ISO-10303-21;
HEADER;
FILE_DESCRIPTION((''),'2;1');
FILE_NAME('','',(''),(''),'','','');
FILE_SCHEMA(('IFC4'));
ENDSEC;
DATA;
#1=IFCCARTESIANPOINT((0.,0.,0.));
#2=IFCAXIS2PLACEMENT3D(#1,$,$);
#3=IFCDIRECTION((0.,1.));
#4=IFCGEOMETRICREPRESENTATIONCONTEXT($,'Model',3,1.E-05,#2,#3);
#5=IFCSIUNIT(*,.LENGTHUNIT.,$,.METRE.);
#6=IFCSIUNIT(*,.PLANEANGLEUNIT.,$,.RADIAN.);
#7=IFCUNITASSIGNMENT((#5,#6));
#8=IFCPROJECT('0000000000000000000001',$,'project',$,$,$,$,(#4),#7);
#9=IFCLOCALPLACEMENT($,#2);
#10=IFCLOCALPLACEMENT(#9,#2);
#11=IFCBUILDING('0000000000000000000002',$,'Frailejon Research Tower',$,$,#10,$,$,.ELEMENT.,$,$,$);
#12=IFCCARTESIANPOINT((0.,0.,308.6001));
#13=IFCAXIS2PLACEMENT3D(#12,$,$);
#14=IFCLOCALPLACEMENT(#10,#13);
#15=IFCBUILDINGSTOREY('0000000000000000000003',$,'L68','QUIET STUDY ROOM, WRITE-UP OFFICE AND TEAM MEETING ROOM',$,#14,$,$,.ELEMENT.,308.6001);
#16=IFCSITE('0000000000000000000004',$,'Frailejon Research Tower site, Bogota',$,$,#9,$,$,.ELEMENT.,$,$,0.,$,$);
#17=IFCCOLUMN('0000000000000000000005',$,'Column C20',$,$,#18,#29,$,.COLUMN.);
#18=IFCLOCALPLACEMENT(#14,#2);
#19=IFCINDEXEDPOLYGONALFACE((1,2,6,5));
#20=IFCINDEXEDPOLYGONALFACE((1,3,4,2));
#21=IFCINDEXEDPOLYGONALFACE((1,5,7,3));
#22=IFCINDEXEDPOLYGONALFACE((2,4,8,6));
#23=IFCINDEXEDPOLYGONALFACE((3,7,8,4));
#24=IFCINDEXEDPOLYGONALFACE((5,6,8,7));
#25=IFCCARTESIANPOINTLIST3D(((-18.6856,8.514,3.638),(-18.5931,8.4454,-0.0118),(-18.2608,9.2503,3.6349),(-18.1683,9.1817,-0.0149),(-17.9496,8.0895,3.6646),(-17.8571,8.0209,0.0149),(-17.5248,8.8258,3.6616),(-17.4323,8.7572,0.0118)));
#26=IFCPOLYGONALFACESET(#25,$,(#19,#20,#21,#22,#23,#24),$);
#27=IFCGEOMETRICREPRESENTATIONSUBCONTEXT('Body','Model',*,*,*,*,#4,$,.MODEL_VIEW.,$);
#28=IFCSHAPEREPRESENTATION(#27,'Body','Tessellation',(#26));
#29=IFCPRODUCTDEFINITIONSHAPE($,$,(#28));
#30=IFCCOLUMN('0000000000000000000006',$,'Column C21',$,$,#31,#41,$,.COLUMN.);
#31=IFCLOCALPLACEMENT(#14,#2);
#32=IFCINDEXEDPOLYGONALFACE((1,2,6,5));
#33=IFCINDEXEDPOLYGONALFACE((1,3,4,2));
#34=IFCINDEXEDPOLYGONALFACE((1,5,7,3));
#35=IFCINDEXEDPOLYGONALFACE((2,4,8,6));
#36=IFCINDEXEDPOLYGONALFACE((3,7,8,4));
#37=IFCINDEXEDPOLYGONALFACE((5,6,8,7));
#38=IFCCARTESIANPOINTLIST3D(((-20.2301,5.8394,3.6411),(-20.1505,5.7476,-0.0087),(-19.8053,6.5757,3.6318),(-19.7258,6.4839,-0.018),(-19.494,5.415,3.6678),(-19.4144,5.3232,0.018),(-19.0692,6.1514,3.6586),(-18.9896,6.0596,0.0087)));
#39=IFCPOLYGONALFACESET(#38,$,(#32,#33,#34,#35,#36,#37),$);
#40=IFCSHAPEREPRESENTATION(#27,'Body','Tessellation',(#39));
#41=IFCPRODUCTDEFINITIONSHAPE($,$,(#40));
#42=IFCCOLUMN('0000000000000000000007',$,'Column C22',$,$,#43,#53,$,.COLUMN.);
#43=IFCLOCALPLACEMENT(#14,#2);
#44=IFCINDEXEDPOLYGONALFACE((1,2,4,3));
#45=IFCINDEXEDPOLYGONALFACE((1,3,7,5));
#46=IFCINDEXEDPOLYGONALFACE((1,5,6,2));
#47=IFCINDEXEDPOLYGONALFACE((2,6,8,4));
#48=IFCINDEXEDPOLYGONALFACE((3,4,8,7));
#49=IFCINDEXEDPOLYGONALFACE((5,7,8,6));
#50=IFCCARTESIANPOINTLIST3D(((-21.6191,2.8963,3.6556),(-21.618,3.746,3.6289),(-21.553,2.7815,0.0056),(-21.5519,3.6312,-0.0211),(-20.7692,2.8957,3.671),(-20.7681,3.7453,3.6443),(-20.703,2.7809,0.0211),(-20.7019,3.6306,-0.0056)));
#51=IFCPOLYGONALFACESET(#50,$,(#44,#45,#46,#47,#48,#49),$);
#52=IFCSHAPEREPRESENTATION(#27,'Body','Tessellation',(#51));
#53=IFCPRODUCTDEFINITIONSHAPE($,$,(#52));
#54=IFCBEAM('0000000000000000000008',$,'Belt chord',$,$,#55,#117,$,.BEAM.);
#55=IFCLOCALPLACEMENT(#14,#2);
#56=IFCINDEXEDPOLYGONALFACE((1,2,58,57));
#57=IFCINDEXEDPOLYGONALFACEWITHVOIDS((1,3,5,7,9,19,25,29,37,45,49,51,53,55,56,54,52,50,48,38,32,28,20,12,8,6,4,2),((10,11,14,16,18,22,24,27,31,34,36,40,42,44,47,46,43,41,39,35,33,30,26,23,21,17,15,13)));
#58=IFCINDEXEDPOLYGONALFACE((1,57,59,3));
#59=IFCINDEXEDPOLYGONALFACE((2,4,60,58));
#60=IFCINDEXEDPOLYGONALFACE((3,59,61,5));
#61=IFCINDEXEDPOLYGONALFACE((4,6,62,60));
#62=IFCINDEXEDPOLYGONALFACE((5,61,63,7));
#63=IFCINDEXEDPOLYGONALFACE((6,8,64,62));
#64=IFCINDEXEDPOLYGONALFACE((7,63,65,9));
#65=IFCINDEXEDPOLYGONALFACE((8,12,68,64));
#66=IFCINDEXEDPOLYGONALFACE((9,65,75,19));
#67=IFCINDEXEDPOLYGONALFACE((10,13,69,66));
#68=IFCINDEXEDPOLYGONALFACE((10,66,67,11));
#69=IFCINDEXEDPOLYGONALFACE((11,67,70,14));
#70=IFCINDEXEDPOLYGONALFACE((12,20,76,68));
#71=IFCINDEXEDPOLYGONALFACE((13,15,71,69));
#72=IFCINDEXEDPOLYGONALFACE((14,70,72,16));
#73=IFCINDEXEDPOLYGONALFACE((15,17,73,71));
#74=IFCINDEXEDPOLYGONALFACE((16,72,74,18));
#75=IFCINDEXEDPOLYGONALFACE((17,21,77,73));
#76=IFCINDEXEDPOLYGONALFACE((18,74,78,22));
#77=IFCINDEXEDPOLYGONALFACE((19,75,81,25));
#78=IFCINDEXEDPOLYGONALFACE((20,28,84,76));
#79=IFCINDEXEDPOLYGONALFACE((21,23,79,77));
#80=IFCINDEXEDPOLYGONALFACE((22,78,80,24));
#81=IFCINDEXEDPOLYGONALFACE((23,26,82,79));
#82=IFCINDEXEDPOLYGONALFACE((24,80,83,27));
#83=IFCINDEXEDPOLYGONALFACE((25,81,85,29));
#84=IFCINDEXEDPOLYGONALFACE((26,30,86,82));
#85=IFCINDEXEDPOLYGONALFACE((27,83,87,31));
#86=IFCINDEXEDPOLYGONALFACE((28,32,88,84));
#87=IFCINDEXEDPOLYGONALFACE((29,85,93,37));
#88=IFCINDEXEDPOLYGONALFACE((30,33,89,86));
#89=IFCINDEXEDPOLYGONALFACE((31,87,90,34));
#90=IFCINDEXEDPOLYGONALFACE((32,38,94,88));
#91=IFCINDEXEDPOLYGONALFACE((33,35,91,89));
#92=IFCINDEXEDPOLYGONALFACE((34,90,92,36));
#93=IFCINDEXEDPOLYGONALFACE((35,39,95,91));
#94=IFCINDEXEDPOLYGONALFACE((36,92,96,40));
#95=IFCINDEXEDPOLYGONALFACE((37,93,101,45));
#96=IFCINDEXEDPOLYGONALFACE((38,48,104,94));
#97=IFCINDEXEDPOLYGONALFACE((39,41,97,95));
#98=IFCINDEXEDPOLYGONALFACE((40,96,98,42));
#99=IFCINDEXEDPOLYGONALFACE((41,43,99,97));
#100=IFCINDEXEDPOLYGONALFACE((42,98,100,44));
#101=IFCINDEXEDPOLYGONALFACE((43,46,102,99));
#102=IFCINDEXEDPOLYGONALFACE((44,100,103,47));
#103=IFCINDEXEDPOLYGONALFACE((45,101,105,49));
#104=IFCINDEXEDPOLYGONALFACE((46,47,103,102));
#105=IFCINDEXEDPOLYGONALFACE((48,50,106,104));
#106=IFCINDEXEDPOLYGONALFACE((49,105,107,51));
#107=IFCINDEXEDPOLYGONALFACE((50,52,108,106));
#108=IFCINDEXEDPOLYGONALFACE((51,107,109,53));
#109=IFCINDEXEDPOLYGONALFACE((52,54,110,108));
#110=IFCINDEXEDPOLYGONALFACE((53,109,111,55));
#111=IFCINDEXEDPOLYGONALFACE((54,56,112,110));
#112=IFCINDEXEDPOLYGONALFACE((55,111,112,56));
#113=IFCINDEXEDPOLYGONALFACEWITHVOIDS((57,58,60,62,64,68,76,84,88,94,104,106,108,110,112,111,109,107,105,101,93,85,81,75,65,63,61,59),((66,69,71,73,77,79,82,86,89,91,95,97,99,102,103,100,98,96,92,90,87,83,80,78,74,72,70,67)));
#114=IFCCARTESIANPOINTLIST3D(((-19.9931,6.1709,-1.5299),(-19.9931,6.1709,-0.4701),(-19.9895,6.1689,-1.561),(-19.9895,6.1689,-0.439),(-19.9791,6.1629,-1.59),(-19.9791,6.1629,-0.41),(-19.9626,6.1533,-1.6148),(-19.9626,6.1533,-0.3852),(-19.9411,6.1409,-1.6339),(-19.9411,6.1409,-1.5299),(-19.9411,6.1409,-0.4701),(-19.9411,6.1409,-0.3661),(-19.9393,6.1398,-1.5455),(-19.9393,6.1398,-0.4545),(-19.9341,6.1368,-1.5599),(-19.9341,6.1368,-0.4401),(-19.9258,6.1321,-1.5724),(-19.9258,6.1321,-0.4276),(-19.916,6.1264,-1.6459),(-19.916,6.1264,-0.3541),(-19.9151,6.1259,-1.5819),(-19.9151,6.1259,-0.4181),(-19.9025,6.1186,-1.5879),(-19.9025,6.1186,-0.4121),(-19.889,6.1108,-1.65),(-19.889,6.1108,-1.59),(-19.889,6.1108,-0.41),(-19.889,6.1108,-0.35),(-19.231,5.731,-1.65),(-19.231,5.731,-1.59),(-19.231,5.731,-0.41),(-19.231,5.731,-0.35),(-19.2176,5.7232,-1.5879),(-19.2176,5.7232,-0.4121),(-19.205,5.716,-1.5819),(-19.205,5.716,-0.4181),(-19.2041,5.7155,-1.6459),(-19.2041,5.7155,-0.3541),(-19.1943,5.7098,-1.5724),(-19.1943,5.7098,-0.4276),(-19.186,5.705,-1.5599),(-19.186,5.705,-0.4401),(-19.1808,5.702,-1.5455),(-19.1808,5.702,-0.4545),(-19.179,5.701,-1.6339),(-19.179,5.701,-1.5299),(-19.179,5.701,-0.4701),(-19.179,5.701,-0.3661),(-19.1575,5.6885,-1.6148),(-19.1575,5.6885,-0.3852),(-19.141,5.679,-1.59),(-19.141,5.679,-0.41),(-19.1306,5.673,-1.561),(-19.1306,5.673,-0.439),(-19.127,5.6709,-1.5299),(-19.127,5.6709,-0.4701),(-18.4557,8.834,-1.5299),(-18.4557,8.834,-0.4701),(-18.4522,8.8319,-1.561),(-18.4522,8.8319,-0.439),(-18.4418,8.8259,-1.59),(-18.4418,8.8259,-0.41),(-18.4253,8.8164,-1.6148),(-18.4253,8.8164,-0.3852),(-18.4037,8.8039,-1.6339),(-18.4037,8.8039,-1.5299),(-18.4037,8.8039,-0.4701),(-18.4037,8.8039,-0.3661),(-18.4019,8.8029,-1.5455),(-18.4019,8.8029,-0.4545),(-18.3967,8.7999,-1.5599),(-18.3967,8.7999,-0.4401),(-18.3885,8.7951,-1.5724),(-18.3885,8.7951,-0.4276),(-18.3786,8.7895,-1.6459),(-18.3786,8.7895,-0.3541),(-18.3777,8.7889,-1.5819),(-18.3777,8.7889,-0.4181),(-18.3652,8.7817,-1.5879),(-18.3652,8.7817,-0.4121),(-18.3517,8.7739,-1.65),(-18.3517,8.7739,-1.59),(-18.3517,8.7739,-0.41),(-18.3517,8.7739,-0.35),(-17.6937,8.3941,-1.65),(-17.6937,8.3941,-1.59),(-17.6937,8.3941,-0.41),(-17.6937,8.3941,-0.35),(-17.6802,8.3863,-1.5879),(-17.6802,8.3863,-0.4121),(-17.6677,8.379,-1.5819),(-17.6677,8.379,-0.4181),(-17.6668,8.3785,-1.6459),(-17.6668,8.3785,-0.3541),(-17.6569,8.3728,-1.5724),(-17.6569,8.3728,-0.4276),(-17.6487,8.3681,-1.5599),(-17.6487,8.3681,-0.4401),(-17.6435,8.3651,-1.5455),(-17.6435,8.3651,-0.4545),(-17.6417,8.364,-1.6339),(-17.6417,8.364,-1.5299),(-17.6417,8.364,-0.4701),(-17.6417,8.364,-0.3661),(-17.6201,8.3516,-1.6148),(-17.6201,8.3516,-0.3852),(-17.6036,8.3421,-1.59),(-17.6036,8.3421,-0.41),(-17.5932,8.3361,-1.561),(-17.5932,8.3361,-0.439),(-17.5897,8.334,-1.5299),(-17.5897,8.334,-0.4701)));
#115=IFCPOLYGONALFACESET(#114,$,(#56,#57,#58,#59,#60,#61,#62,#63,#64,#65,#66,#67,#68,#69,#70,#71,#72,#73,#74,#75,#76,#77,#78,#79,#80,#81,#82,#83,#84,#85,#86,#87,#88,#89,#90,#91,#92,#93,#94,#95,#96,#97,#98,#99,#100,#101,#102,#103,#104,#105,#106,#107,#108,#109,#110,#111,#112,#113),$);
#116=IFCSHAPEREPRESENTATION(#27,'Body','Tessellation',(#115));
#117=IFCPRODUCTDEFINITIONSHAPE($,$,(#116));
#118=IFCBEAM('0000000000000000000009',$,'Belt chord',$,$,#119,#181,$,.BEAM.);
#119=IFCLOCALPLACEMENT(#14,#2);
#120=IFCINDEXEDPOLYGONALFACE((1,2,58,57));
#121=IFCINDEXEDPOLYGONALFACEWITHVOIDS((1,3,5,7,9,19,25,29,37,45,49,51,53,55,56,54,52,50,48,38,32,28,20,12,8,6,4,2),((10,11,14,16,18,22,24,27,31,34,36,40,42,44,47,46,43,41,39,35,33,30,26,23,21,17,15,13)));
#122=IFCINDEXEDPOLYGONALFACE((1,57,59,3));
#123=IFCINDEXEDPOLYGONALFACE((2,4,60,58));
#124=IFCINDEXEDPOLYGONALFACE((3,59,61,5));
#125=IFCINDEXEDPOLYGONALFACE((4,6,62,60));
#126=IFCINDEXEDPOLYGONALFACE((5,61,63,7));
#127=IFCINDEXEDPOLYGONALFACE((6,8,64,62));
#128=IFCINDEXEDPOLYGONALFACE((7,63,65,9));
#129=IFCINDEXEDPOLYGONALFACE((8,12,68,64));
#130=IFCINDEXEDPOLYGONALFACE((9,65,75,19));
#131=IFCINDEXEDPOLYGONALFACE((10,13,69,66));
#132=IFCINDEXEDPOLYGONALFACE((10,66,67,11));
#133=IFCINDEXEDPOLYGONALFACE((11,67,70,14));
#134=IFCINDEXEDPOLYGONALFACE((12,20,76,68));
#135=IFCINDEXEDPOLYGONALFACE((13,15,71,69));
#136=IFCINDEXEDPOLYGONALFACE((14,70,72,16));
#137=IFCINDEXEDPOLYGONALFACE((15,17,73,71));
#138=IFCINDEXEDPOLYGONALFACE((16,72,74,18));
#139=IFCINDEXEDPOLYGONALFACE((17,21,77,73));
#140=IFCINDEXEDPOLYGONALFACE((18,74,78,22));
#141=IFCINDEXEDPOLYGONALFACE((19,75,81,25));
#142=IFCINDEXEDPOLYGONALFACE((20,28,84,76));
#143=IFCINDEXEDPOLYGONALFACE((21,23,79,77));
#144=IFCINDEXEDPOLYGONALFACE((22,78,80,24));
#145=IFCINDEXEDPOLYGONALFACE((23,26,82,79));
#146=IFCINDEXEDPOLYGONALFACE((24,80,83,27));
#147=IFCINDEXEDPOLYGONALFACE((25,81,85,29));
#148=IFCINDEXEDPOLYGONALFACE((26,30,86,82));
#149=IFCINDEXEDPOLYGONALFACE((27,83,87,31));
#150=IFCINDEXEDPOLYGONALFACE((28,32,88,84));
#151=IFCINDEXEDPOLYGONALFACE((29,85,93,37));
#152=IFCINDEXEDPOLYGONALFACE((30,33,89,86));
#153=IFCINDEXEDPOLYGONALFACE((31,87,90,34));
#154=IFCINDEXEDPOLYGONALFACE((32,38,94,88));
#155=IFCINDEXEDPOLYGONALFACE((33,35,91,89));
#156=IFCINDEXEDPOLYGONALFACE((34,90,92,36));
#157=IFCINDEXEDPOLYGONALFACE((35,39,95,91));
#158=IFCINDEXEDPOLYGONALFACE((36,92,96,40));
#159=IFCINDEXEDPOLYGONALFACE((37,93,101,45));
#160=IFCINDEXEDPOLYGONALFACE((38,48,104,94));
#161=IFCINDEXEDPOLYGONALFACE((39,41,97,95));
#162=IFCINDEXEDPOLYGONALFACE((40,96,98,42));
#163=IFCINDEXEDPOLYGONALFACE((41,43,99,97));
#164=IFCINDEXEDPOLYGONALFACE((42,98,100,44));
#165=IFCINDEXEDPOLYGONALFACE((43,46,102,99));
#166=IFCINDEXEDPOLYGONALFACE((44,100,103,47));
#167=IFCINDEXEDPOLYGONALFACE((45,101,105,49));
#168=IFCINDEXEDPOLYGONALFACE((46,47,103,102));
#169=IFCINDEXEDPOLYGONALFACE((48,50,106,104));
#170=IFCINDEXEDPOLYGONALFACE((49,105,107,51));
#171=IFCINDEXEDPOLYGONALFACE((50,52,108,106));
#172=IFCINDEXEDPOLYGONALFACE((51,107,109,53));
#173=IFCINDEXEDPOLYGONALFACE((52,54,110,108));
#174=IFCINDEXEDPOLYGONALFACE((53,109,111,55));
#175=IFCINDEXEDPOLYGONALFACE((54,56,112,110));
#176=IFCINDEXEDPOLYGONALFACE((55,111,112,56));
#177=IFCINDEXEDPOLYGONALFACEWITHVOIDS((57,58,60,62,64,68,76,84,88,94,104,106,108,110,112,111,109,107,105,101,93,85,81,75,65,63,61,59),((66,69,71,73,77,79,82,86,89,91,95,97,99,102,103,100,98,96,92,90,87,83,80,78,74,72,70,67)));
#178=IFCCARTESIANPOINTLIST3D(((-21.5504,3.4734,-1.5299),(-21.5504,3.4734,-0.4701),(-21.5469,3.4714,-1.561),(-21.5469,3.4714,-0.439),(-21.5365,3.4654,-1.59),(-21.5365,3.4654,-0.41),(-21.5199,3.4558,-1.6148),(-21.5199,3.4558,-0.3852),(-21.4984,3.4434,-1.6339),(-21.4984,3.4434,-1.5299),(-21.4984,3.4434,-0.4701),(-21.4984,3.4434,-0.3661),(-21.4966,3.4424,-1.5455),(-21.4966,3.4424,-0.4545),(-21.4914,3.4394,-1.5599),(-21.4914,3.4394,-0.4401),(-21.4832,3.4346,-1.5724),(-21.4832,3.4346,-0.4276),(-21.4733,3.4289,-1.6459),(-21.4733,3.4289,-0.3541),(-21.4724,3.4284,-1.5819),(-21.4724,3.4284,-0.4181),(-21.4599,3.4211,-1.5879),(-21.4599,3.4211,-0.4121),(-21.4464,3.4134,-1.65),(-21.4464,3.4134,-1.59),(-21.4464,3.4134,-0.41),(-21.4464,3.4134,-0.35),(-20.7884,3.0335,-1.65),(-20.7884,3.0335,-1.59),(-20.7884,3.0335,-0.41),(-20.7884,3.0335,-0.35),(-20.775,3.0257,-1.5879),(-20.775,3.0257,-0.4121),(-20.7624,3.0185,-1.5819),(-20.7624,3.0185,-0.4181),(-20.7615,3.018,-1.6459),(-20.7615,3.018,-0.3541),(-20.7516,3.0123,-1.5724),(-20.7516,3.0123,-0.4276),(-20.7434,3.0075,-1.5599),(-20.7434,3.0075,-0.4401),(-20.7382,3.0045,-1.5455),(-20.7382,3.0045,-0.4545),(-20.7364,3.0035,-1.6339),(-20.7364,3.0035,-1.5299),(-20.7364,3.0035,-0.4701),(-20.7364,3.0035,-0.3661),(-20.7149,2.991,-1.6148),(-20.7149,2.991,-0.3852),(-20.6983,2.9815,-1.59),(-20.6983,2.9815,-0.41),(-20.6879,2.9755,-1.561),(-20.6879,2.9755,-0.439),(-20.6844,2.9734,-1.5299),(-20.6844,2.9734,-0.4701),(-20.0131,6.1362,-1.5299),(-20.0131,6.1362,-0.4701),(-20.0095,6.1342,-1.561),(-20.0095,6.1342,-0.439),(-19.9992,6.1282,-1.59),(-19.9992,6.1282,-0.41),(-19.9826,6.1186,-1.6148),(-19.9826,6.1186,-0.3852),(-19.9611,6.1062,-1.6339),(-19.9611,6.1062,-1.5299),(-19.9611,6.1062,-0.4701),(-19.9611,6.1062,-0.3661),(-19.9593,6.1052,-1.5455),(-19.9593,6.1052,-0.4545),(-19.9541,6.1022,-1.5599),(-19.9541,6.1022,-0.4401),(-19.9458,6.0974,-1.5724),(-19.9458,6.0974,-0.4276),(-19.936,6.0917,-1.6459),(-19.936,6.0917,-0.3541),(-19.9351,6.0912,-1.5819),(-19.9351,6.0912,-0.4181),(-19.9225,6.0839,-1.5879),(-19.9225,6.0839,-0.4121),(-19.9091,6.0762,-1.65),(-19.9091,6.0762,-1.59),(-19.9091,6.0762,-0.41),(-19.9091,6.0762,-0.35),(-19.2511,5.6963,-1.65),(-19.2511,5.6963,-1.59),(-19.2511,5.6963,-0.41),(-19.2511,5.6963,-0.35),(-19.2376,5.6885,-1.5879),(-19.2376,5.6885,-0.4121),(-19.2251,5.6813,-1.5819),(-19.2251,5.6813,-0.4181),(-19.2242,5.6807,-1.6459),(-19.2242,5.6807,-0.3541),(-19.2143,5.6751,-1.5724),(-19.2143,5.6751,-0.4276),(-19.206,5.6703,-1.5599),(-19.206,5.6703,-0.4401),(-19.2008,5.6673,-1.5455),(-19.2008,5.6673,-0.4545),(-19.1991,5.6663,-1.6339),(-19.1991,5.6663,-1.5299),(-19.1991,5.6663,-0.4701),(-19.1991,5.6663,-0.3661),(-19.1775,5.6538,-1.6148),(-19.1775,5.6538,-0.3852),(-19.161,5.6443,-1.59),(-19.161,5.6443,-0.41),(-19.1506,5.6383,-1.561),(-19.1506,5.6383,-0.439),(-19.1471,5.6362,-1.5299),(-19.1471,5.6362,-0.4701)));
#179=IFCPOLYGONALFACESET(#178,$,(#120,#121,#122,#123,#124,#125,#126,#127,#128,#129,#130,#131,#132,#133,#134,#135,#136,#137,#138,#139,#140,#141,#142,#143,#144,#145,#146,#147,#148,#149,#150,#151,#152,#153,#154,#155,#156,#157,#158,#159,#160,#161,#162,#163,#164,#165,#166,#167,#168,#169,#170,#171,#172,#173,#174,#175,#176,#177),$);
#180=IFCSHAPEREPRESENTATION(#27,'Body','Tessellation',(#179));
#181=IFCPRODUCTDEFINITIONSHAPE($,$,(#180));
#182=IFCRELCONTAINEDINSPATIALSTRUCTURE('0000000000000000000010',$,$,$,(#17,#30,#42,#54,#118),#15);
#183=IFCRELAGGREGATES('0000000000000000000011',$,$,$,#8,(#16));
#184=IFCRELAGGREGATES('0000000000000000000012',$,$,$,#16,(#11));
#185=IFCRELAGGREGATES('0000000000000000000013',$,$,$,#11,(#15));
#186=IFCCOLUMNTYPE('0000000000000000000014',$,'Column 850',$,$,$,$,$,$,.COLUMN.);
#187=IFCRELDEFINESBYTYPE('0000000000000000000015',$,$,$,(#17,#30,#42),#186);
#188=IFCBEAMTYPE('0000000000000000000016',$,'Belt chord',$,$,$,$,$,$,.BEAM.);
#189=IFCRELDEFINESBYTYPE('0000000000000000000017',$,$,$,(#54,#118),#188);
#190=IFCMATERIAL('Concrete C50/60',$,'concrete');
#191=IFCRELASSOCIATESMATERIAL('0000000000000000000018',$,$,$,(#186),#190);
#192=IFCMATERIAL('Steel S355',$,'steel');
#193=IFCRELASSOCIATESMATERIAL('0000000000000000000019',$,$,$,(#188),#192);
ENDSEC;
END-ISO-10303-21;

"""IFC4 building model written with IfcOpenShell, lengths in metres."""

from ifc_helpers import new_model, si_unit, direction, frame, origin, origin_2d, place, context, subcontext, project, spatial, rectangle, hollow_rectangle, extrude, material, material_profile, profile_set, type_object, element, save


model = new_model("IFC4")

# Units and contexts
model_context = context("Model", 3, precision=1e-05, world=origin(), true_north=direction((0.0, 1.0)))
body_context = subcontext(model_context, "Body", "Model", "MODEL_VIEW")
ifc_project = project(units=[si_unit("LENGTHUNIT", "METRE"), si_unit("PLANEANGLEUNIT", "RADIAN")], contexts=[model_context])

# Site, building, storey
site_placement = place(None, origin())
site = spatial("IfcSite", under=ifc_project, at=site_placement, Name="Frailejon Research Tower site, Bogota", CompositionType="ELEMENT", RefElevation=0.0)
building_placement = place(site_placement, origin())
building = spatial("IfcBuilding", under=site, at=building_placement, Name="Frailejon Research Tower", CompositionType="ELEMENT")
storey_placement = place(building_placement, frame((0.0, 0.0, 308.6001)))
storey = spatial("IfcBuildingStorey", under=building, at=storey_placement, Name="L68", Description="QUIET STUDY ROOM, WRITE-UP OFFICE AND TEAM MEETING ROOM", CompositionType="ELEMENT", Elevation=308.6001)

# Columns
ifc_material_1 = material(Name="Concrete C50/60", Category="concrete")
ifc_material_profile_1 = material_profile(ifc_material_1, rectangle(XDim=0.8501, YDim=0.8501, at=origin_2d()), Name="Column 850")
ifc_profile_set_1 = profile_set([ifc_material_profile_1], Name="Concrete C50/60")
column_type = type_object("IfcColumnType", Name="Column 850", PredefinedType="COLUMN", material=ifc_profile_set_1)
column_1_placement = place(storey_placement, frame((-18.0127, 8.6013, 0.0), z_axis=(-0.025339, 0.018787, 0.999502), x_axis=(-0.499703, -0.866189, 0.003613)))
element("IfcColumn", 1, at=column_1_placement, inside=storey, type_object=column_type, Name="Column C20", PredefinedType="COLUMN", context=body_context, shape_type="SweptSolid", body=[
    extrude(rectangle(XDim=0.8501, YDim=0.8501, at=origin_2d()), origin(), (0.0, 0.0, 1.0), 3.6516),
])
column_2_placement = place(storey_placement, frame((-19.5701, 5.9036, 0.0), z_axis=(-0.021794, 0.025137, 0.999446), x_axis=(-0.499665, -0.86615, 0.010888)))
element("IfcColumn", 2, at=column_2_placement, inside=storey, type_object=column_type, Name="Column C21", PredefinedType="COLUMN", context=body_context, shape_type="SweptSolid", body=[
    extrude(rectangle(XDim=0.8501, YDim=0.8501, at=origin_2d()), origin(), (0.0, 0.0, 1.0), 3.6519),
])
column_3_placement = place(storey_placement, frame((-21.1274, 3.2061, 0.0), z_axis=(-0.018115, 0.031417, 0.999342), x_axis=(-0.001297, -0.999506, 0.031399)))
element("IfcColumn", 3, at=column_3_placement, inside=storey, type_object=column_type, Name="Column C22", PredefinedType="COLUMN", context=body_context, shape_type="SweptSolid", body=[
    extrude(rectangle(XDim=0.8501, YDim=0.8501, at=origin_2d()), origin(), (0.0, 0.0, 1.0), 3.6523),
])

# Beams
ifc_material_2 = material(Name="Steel S355", Category="steel")
ifc_material_profile_2 = material_profile(ifc_material_2, hollow_rectangle(XDim=1.0, YDim=1.3, WallThickness=0.0601, InnerFilletRadius=0.0601, OuterFilletRadius=0.1201, at=origin_2d()), Name="Belt chord")
ifc_profile_set_2 = profile_set([ifc_material_profile_2], Name="Steel S355")
beam_type_1 = type_object("IfcBeamType", Name="Belt chord", PredefinedType="BEAM", material=ifc_profile_set_2)
beam_1_placement = place(storey_placement, frame((-18.0227, 8.584, -1.0), z_axis=(-0.499956, -0.866051, 0.0), x_axis=(0.866051, -0.499956, 0.0)))
element("IfcBeam", 4, at=beam_1_placement, inside=storey, type_object=beam_type_1, Name="Belt chord", PredefinedType="BEAM", context=body_context, shape_type="SweptSolid", body=[
    extrude(hollow_rectangle(XDim=1.0, YDim=1.3, WallThickness=0.0601, InnerFilletRadius=0.0601, OuterFilletRadius=0.1201, at=origin_2d()), origin(), (0.0, 0.0, 1.0), 3.075),
])
beam_2_placement = place(storey_placement, frame((-19.5801, 5.8862, -1.0), z_axis=(-0.499991, -0.866031, 0.0), x_axis=(0.866031, -0.499991, 0.0)))
element("IfcBeam", 5, at=beam_2_placement, inside=storey, type_object=beam_type_1, Name="Belt chord", PredefinedType="BEAM", context=body_context, shape_type="SweptSolid", body=[
    extrude(hollow_rectangle(XDim=1.0, YDim=1.3, WallThickness=0.0601, InnerFilletRadius=0.0601, OuterFilletRadius=0.1201, at=origin_2d()), origin(), (0.0, 0.0, 1.0), 3.0747),
])

save(model, "model.ifc")
